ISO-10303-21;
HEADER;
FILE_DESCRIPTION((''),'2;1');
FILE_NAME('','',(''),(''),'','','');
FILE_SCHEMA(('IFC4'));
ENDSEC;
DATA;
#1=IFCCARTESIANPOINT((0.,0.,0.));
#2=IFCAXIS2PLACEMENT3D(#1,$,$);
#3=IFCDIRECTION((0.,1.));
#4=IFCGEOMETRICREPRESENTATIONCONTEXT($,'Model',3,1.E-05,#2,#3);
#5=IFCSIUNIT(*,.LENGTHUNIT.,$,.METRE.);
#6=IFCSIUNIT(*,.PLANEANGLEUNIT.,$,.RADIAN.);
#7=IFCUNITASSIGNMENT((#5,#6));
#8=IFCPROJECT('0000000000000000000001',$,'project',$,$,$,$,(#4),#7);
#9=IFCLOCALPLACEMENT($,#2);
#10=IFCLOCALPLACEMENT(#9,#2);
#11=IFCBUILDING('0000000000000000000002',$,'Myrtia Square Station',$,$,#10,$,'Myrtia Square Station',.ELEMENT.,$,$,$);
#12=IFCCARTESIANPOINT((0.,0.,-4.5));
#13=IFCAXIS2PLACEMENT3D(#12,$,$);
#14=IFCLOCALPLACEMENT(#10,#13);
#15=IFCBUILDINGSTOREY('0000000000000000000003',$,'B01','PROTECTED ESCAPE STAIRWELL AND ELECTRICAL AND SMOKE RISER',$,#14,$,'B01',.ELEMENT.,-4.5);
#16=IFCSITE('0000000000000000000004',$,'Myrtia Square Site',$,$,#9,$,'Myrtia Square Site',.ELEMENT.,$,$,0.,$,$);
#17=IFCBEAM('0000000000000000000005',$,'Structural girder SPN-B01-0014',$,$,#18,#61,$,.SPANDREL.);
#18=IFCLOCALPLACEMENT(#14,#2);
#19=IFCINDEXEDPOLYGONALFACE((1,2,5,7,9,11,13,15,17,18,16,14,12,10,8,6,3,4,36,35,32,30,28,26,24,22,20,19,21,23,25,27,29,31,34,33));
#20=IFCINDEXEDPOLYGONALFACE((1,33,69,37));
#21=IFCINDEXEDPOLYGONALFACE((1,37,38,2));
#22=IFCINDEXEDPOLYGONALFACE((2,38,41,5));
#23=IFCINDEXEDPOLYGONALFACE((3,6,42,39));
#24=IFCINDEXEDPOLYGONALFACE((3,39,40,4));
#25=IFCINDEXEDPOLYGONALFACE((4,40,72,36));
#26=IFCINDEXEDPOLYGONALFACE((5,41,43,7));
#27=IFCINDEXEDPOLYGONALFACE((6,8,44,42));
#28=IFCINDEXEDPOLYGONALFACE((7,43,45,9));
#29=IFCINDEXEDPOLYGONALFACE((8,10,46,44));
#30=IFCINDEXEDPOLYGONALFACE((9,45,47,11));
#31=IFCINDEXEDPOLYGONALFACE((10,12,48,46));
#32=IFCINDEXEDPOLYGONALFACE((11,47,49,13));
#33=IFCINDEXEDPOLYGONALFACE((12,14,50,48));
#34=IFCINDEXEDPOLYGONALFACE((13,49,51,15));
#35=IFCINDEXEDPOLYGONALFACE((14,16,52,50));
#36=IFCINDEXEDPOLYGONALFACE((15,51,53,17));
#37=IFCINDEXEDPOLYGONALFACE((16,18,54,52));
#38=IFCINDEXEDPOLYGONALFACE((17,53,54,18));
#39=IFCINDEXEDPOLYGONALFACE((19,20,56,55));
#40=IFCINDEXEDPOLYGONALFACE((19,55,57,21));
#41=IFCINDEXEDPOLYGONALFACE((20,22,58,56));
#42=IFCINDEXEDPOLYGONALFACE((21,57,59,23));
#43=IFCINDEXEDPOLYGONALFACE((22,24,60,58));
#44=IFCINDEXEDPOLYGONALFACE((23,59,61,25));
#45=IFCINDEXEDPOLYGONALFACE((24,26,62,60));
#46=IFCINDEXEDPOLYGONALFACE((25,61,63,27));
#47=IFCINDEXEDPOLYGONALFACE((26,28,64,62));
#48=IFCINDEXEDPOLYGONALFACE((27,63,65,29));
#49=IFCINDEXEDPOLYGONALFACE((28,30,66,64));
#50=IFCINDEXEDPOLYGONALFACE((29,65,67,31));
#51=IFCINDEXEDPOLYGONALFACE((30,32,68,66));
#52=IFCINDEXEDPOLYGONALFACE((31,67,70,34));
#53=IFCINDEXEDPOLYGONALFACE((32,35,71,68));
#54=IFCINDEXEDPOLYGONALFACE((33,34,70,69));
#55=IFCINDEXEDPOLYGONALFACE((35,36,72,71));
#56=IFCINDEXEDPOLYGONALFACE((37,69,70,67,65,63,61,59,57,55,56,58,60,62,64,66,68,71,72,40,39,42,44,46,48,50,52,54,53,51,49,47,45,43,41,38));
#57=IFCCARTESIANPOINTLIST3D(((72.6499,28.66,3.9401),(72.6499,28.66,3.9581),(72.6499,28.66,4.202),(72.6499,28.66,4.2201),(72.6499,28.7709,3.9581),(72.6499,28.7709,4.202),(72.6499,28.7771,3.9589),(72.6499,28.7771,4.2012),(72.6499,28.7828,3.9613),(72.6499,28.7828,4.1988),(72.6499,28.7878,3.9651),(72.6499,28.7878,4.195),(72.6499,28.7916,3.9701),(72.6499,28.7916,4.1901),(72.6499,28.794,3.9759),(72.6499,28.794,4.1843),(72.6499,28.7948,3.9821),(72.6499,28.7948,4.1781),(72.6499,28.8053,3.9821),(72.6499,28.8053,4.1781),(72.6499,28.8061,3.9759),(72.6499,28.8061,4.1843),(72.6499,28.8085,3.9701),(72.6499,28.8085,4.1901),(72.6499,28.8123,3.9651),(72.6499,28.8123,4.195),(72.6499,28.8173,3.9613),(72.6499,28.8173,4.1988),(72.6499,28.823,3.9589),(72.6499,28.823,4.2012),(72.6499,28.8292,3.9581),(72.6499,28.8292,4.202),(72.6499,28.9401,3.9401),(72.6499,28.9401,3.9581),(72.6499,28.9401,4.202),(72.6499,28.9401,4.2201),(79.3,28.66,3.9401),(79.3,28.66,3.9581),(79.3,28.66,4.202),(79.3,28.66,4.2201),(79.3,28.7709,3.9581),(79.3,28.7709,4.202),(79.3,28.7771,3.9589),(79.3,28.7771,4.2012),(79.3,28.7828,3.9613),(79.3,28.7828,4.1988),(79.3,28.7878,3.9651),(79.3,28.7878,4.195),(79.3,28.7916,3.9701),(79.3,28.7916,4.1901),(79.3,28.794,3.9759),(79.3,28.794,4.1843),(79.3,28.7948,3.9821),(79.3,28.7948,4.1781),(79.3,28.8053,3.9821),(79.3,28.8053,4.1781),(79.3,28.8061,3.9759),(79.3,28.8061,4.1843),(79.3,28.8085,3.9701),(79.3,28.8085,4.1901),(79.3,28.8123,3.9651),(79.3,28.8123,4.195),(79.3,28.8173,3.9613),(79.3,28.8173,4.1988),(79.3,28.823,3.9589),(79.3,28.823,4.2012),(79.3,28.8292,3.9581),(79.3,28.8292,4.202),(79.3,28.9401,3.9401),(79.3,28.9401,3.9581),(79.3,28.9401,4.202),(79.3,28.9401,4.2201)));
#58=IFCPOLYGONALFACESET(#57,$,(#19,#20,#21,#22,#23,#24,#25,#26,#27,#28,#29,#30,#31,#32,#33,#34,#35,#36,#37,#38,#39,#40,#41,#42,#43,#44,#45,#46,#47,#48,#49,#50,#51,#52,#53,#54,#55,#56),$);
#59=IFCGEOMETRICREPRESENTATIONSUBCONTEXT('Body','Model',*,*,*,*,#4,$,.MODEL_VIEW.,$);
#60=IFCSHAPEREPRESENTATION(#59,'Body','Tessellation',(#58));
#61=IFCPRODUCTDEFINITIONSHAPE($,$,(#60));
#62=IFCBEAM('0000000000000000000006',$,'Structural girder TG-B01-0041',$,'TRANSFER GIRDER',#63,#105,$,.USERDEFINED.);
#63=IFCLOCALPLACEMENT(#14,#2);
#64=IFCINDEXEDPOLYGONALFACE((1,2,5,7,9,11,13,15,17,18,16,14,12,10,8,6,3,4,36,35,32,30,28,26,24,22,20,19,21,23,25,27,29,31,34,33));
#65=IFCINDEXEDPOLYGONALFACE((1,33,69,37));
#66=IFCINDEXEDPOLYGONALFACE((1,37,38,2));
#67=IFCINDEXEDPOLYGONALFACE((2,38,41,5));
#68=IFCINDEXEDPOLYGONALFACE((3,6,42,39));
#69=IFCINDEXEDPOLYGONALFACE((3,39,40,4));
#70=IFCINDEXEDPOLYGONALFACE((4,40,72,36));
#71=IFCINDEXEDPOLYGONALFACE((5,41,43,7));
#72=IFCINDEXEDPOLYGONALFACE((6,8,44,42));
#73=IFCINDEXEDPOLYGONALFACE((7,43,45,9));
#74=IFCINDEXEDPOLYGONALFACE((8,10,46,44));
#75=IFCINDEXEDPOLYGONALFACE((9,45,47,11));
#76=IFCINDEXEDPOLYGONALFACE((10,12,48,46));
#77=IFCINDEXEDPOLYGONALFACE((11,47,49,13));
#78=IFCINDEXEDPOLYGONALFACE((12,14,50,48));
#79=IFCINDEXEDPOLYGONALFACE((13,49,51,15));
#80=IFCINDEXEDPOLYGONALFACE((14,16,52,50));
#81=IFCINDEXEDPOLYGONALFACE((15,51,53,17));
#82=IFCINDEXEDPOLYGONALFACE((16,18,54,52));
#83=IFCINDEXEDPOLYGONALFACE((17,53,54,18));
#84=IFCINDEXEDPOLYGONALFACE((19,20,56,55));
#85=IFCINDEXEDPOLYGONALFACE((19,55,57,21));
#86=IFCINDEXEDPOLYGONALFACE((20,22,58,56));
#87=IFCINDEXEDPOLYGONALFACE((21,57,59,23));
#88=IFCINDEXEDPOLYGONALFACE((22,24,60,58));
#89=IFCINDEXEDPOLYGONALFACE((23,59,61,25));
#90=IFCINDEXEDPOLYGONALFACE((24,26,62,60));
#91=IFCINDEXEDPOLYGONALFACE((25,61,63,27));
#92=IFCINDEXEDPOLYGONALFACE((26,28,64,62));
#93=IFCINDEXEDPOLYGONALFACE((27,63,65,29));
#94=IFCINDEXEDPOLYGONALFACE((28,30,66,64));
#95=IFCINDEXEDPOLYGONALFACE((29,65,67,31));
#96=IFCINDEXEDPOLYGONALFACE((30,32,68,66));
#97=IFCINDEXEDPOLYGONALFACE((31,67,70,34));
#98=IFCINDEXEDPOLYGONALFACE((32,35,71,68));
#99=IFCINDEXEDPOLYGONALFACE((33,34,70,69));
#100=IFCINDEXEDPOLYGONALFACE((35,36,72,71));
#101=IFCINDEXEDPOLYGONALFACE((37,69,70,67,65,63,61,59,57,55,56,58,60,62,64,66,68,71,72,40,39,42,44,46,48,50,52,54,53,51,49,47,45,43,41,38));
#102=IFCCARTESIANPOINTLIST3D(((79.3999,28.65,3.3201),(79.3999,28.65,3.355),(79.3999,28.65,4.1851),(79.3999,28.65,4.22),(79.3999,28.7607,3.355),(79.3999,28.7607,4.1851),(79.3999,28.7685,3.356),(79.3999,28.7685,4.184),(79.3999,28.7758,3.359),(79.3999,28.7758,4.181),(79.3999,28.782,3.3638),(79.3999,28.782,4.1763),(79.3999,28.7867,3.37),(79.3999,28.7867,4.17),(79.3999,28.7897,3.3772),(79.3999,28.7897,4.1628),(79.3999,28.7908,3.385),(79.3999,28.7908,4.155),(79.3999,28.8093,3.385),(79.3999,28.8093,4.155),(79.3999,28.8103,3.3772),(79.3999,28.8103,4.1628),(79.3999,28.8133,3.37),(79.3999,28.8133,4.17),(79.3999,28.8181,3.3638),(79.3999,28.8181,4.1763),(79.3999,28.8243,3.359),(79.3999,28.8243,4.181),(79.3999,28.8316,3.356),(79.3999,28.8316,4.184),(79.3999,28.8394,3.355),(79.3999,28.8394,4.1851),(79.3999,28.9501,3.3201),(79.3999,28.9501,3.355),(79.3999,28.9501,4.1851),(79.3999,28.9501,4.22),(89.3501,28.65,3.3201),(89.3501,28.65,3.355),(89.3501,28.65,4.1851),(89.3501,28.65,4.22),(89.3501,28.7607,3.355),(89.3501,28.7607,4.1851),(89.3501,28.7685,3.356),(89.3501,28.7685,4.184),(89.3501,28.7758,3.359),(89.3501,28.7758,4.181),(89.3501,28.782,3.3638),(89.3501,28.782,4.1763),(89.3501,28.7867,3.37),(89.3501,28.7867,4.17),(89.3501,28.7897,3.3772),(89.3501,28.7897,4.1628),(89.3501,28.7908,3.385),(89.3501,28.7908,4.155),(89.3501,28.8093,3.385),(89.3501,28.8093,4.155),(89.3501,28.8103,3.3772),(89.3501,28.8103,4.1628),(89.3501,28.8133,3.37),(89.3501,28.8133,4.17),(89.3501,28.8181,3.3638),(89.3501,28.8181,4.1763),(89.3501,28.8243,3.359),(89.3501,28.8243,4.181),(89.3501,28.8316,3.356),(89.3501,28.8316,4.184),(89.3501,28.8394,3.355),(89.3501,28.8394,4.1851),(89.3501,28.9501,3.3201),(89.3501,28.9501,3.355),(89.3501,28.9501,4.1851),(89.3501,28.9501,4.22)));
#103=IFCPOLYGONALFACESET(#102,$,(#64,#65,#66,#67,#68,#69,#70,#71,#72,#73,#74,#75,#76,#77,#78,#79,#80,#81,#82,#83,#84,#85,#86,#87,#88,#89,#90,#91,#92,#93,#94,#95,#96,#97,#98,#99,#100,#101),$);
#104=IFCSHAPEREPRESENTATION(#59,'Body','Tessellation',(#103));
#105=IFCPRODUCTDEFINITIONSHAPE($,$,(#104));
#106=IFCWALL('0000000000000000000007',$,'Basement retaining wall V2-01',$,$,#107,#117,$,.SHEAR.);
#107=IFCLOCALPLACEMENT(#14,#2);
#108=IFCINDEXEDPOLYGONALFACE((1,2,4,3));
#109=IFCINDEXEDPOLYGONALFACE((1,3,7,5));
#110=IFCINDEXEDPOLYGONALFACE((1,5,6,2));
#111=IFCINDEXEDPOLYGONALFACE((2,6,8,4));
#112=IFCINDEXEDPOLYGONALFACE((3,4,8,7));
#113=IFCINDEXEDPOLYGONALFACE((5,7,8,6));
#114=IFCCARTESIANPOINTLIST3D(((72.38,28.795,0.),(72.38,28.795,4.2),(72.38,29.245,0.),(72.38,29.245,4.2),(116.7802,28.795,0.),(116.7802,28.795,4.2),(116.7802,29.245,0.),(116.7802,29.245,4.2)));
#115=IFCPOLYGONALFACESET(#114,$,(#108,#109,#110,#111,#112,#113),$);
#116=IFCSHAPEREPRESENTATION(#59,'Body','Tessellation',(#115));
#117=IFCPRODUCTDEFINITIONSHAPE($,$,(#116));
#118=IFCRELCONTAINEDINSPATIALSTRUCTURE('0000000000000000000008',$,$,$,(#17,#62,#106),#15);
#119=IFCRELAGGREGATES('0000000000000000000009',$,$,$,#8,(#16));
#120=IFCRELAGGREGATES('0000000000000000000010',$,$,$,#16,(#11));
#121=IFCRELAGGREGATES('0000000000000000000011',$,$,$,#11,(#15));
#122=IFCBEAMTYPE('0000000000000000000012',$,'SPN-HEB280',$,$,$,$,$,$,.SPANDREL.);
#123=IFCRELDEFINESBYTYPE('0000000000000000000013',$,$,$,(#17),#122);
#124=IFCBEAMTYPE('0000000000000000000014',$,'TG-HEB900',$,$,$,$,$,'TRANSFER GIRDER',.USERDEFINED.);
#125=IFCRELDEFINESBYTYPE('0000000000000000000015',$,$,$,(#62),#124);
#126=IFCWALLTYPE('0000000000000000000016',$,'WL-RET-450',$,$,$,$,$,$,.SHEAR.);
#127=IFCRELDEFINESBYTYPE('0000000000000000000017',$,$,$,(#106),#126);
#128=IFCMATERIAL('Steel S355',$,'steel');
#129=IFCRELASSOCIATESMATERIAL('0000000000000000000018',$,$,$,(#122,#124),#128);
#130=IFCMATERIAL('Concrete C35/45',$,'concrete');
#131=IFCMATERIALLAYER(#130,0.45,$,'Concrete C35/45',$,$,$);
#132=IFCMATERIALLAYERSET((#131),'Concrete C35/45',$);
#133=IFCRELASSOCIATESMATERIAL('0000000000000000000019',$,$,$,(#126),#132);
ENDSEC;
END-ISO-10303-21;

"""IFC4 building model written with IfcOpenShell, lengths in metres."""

from ifc_helpers import new_model, si_unit, direction, frame, frame_2d, origin, origin_2d, place, context, subcontext, project, spatial, rectangle, i_section, extrude, material, layer, layer_set, material_profile, profile_set, type_object, element, save


model = new_model("IFC4")

# Units and contexts
model_context = context("Model", 3, precision=1e-05, world=origin(), true_north=direction((0.0, 1.0)))
body_context = subcontext(model_context, "Body", "Model", "MODEL_VIEW")
ifc_project = project(units=[si_unit("LENGTHUNIT", "METRE"), si_unit("PLANEANGLEUNIT", "RADIAN")], contexts=[model_context])

# Site, building, storey
site_placement = place(None, origin())
site = spatial("IfcSite", under=ifc_project, at=site_placement, Name="Myrtia Square Site", LongName="Myrtia Square Site", CompositionType="ELEMENT", RefElevation=0.0)
building_placement = place(site_placement, origin())
building = spatial("IfcBuilding", under=site, at=building_placement, Name="Myrtia Square Station", LongName="Myrtia Square Station", CompositionType="ELEMENT")
storey_placement = place(building_placement, frame((0.0, 0.0, -4.5)))
storey = spatial("IfcBuildingStorey", under=building, at=storey_placement, Name="B01", Description="PROTECTED ESCAPE STAIRWELL AND ELECTRICAL AND SMOKE RISER", LongName="B01", CompositionType="ELEMENT", Elevation=-4.5)

# Shared definitions
ifc_material_1 = material(Name="Concrete C35/45", Category="concrete")

# Shared definitions
ifc_material_2 = material(Name="Steel S355", Category="steel")

# Beams
ifc_material_profile_1 = material_profile(ifc_material_2, i_section(OverallWidth=0.28, OverallDepth=0.28, WebThickness=0.0105, FlangeThickness=0.0181, FilletRadius=0.0239, at=origin_2d()), Name="HEB 280")
ifc_profile_set_1 = profile_set([ifc_material_profile_1], Name="Steel S355")
beam_type_1 = type_object("IfcBeamType", Name="SPN-HEB280", PredefinedType="SPANDREL", material=ifc_profile_set_1)
beam_1_placement = place(storey_placement, frame((72.6499, 28.8, 4.0801), z_axis=(1.0, 0.0, 0.0), x_axis=(0.0, 1.0, 0.0)))
element("IfcBeam", 1, at=beam_1_placement, inside=storey, type_object=beam_type_1, Name="Structural girder SPN-B01-0014", PredefinedType="SPANDREL", context=body_context, shape_type="SweptSolid", body=[
    extrude(i_section(OverallWidth=0.28, OverallDepth=0.28, WebThickness=0.0105, FlangeThickness=0.0181, FilletRadius=0.0239, at=origin_2d()), origin(), (0.0, 0.0, 1.0), 6.6501),
])
ifc_material_profile_2 = material_profile(ifc_material_2, i_section(OverallWidth=0.3, OverallDepth=0.8999, WebThickness=0.0186, FlangeThickness=0.0349, FilletRadius=0.03, at=origin_2d()), Name="HEB 900")
ifc_profile_set_2 = profile_set([ifc_material_profile_2], Name="Steel S355")
beam_type_2 = type_object("IfcBeamType", Name="TG-HEB900", ElementType="TRANSFER GIRDER", PredefinedType="USERDEFINED", material=ifc_profile_set_2)
beam_2_placement = place(storey_placement, frame((79.3999, 28.8, 3.77), z_axis=(1.0, 0.0, 0.0), x_axis=(0.0, 1.0, 0.0)))
element("IfcBeam", 2, at=beam_2_placement, inside=storey, type_object=beam_type_2, Name="Structural girder TG-B01-0041", ObjectType="TRANSFER GIRDER", PredefinedType="USERDEFINED", context=body_context, shape_type="SweptSolid", body=[
    extrude(i_section(OverallWidth=0.3, OverallDepth=0.8999, WebThickness=0.0186, FlangeThickness=0.0349, FilletRadius=0.03, at=origin_2d()), origin(), (0.0, 0.0, 1.0), 9.9502),
])

# Wall
ifc_layer = layer(ifc_material_1, 0.45, Name="Concrete C35/45")
ifc_layer_set = layer_set([ifc_layer], Name="Concrete C35/45")
wall_type = type_object("IfcWallType", Name="WL-RET-450", PredefinedType="SHEAR", material=ifc_layer_set)
wall_placement = place(storey_placement, frame((72.3799, 29.02, 0.0), z_axis=(0.0, 0.0, 1.0), x_axis=(1.0, 0.0, 0.0)))
element("IfcWall", 3, at=wall_placement, inside=storey, type_object=wall_type, Name="Basement retaining wall V2-01", PredefinedType="SHEAR", context=body_context, shape_type="SweptSolid", body=[
    extrude(rectangle(XDim=44.4001, YDim=0.45, at=frame_2d((22.2002, 0.0))), origin(), (0.0, 0.0, 1.0), 4.2),
])

save(model, "model.ifc")
